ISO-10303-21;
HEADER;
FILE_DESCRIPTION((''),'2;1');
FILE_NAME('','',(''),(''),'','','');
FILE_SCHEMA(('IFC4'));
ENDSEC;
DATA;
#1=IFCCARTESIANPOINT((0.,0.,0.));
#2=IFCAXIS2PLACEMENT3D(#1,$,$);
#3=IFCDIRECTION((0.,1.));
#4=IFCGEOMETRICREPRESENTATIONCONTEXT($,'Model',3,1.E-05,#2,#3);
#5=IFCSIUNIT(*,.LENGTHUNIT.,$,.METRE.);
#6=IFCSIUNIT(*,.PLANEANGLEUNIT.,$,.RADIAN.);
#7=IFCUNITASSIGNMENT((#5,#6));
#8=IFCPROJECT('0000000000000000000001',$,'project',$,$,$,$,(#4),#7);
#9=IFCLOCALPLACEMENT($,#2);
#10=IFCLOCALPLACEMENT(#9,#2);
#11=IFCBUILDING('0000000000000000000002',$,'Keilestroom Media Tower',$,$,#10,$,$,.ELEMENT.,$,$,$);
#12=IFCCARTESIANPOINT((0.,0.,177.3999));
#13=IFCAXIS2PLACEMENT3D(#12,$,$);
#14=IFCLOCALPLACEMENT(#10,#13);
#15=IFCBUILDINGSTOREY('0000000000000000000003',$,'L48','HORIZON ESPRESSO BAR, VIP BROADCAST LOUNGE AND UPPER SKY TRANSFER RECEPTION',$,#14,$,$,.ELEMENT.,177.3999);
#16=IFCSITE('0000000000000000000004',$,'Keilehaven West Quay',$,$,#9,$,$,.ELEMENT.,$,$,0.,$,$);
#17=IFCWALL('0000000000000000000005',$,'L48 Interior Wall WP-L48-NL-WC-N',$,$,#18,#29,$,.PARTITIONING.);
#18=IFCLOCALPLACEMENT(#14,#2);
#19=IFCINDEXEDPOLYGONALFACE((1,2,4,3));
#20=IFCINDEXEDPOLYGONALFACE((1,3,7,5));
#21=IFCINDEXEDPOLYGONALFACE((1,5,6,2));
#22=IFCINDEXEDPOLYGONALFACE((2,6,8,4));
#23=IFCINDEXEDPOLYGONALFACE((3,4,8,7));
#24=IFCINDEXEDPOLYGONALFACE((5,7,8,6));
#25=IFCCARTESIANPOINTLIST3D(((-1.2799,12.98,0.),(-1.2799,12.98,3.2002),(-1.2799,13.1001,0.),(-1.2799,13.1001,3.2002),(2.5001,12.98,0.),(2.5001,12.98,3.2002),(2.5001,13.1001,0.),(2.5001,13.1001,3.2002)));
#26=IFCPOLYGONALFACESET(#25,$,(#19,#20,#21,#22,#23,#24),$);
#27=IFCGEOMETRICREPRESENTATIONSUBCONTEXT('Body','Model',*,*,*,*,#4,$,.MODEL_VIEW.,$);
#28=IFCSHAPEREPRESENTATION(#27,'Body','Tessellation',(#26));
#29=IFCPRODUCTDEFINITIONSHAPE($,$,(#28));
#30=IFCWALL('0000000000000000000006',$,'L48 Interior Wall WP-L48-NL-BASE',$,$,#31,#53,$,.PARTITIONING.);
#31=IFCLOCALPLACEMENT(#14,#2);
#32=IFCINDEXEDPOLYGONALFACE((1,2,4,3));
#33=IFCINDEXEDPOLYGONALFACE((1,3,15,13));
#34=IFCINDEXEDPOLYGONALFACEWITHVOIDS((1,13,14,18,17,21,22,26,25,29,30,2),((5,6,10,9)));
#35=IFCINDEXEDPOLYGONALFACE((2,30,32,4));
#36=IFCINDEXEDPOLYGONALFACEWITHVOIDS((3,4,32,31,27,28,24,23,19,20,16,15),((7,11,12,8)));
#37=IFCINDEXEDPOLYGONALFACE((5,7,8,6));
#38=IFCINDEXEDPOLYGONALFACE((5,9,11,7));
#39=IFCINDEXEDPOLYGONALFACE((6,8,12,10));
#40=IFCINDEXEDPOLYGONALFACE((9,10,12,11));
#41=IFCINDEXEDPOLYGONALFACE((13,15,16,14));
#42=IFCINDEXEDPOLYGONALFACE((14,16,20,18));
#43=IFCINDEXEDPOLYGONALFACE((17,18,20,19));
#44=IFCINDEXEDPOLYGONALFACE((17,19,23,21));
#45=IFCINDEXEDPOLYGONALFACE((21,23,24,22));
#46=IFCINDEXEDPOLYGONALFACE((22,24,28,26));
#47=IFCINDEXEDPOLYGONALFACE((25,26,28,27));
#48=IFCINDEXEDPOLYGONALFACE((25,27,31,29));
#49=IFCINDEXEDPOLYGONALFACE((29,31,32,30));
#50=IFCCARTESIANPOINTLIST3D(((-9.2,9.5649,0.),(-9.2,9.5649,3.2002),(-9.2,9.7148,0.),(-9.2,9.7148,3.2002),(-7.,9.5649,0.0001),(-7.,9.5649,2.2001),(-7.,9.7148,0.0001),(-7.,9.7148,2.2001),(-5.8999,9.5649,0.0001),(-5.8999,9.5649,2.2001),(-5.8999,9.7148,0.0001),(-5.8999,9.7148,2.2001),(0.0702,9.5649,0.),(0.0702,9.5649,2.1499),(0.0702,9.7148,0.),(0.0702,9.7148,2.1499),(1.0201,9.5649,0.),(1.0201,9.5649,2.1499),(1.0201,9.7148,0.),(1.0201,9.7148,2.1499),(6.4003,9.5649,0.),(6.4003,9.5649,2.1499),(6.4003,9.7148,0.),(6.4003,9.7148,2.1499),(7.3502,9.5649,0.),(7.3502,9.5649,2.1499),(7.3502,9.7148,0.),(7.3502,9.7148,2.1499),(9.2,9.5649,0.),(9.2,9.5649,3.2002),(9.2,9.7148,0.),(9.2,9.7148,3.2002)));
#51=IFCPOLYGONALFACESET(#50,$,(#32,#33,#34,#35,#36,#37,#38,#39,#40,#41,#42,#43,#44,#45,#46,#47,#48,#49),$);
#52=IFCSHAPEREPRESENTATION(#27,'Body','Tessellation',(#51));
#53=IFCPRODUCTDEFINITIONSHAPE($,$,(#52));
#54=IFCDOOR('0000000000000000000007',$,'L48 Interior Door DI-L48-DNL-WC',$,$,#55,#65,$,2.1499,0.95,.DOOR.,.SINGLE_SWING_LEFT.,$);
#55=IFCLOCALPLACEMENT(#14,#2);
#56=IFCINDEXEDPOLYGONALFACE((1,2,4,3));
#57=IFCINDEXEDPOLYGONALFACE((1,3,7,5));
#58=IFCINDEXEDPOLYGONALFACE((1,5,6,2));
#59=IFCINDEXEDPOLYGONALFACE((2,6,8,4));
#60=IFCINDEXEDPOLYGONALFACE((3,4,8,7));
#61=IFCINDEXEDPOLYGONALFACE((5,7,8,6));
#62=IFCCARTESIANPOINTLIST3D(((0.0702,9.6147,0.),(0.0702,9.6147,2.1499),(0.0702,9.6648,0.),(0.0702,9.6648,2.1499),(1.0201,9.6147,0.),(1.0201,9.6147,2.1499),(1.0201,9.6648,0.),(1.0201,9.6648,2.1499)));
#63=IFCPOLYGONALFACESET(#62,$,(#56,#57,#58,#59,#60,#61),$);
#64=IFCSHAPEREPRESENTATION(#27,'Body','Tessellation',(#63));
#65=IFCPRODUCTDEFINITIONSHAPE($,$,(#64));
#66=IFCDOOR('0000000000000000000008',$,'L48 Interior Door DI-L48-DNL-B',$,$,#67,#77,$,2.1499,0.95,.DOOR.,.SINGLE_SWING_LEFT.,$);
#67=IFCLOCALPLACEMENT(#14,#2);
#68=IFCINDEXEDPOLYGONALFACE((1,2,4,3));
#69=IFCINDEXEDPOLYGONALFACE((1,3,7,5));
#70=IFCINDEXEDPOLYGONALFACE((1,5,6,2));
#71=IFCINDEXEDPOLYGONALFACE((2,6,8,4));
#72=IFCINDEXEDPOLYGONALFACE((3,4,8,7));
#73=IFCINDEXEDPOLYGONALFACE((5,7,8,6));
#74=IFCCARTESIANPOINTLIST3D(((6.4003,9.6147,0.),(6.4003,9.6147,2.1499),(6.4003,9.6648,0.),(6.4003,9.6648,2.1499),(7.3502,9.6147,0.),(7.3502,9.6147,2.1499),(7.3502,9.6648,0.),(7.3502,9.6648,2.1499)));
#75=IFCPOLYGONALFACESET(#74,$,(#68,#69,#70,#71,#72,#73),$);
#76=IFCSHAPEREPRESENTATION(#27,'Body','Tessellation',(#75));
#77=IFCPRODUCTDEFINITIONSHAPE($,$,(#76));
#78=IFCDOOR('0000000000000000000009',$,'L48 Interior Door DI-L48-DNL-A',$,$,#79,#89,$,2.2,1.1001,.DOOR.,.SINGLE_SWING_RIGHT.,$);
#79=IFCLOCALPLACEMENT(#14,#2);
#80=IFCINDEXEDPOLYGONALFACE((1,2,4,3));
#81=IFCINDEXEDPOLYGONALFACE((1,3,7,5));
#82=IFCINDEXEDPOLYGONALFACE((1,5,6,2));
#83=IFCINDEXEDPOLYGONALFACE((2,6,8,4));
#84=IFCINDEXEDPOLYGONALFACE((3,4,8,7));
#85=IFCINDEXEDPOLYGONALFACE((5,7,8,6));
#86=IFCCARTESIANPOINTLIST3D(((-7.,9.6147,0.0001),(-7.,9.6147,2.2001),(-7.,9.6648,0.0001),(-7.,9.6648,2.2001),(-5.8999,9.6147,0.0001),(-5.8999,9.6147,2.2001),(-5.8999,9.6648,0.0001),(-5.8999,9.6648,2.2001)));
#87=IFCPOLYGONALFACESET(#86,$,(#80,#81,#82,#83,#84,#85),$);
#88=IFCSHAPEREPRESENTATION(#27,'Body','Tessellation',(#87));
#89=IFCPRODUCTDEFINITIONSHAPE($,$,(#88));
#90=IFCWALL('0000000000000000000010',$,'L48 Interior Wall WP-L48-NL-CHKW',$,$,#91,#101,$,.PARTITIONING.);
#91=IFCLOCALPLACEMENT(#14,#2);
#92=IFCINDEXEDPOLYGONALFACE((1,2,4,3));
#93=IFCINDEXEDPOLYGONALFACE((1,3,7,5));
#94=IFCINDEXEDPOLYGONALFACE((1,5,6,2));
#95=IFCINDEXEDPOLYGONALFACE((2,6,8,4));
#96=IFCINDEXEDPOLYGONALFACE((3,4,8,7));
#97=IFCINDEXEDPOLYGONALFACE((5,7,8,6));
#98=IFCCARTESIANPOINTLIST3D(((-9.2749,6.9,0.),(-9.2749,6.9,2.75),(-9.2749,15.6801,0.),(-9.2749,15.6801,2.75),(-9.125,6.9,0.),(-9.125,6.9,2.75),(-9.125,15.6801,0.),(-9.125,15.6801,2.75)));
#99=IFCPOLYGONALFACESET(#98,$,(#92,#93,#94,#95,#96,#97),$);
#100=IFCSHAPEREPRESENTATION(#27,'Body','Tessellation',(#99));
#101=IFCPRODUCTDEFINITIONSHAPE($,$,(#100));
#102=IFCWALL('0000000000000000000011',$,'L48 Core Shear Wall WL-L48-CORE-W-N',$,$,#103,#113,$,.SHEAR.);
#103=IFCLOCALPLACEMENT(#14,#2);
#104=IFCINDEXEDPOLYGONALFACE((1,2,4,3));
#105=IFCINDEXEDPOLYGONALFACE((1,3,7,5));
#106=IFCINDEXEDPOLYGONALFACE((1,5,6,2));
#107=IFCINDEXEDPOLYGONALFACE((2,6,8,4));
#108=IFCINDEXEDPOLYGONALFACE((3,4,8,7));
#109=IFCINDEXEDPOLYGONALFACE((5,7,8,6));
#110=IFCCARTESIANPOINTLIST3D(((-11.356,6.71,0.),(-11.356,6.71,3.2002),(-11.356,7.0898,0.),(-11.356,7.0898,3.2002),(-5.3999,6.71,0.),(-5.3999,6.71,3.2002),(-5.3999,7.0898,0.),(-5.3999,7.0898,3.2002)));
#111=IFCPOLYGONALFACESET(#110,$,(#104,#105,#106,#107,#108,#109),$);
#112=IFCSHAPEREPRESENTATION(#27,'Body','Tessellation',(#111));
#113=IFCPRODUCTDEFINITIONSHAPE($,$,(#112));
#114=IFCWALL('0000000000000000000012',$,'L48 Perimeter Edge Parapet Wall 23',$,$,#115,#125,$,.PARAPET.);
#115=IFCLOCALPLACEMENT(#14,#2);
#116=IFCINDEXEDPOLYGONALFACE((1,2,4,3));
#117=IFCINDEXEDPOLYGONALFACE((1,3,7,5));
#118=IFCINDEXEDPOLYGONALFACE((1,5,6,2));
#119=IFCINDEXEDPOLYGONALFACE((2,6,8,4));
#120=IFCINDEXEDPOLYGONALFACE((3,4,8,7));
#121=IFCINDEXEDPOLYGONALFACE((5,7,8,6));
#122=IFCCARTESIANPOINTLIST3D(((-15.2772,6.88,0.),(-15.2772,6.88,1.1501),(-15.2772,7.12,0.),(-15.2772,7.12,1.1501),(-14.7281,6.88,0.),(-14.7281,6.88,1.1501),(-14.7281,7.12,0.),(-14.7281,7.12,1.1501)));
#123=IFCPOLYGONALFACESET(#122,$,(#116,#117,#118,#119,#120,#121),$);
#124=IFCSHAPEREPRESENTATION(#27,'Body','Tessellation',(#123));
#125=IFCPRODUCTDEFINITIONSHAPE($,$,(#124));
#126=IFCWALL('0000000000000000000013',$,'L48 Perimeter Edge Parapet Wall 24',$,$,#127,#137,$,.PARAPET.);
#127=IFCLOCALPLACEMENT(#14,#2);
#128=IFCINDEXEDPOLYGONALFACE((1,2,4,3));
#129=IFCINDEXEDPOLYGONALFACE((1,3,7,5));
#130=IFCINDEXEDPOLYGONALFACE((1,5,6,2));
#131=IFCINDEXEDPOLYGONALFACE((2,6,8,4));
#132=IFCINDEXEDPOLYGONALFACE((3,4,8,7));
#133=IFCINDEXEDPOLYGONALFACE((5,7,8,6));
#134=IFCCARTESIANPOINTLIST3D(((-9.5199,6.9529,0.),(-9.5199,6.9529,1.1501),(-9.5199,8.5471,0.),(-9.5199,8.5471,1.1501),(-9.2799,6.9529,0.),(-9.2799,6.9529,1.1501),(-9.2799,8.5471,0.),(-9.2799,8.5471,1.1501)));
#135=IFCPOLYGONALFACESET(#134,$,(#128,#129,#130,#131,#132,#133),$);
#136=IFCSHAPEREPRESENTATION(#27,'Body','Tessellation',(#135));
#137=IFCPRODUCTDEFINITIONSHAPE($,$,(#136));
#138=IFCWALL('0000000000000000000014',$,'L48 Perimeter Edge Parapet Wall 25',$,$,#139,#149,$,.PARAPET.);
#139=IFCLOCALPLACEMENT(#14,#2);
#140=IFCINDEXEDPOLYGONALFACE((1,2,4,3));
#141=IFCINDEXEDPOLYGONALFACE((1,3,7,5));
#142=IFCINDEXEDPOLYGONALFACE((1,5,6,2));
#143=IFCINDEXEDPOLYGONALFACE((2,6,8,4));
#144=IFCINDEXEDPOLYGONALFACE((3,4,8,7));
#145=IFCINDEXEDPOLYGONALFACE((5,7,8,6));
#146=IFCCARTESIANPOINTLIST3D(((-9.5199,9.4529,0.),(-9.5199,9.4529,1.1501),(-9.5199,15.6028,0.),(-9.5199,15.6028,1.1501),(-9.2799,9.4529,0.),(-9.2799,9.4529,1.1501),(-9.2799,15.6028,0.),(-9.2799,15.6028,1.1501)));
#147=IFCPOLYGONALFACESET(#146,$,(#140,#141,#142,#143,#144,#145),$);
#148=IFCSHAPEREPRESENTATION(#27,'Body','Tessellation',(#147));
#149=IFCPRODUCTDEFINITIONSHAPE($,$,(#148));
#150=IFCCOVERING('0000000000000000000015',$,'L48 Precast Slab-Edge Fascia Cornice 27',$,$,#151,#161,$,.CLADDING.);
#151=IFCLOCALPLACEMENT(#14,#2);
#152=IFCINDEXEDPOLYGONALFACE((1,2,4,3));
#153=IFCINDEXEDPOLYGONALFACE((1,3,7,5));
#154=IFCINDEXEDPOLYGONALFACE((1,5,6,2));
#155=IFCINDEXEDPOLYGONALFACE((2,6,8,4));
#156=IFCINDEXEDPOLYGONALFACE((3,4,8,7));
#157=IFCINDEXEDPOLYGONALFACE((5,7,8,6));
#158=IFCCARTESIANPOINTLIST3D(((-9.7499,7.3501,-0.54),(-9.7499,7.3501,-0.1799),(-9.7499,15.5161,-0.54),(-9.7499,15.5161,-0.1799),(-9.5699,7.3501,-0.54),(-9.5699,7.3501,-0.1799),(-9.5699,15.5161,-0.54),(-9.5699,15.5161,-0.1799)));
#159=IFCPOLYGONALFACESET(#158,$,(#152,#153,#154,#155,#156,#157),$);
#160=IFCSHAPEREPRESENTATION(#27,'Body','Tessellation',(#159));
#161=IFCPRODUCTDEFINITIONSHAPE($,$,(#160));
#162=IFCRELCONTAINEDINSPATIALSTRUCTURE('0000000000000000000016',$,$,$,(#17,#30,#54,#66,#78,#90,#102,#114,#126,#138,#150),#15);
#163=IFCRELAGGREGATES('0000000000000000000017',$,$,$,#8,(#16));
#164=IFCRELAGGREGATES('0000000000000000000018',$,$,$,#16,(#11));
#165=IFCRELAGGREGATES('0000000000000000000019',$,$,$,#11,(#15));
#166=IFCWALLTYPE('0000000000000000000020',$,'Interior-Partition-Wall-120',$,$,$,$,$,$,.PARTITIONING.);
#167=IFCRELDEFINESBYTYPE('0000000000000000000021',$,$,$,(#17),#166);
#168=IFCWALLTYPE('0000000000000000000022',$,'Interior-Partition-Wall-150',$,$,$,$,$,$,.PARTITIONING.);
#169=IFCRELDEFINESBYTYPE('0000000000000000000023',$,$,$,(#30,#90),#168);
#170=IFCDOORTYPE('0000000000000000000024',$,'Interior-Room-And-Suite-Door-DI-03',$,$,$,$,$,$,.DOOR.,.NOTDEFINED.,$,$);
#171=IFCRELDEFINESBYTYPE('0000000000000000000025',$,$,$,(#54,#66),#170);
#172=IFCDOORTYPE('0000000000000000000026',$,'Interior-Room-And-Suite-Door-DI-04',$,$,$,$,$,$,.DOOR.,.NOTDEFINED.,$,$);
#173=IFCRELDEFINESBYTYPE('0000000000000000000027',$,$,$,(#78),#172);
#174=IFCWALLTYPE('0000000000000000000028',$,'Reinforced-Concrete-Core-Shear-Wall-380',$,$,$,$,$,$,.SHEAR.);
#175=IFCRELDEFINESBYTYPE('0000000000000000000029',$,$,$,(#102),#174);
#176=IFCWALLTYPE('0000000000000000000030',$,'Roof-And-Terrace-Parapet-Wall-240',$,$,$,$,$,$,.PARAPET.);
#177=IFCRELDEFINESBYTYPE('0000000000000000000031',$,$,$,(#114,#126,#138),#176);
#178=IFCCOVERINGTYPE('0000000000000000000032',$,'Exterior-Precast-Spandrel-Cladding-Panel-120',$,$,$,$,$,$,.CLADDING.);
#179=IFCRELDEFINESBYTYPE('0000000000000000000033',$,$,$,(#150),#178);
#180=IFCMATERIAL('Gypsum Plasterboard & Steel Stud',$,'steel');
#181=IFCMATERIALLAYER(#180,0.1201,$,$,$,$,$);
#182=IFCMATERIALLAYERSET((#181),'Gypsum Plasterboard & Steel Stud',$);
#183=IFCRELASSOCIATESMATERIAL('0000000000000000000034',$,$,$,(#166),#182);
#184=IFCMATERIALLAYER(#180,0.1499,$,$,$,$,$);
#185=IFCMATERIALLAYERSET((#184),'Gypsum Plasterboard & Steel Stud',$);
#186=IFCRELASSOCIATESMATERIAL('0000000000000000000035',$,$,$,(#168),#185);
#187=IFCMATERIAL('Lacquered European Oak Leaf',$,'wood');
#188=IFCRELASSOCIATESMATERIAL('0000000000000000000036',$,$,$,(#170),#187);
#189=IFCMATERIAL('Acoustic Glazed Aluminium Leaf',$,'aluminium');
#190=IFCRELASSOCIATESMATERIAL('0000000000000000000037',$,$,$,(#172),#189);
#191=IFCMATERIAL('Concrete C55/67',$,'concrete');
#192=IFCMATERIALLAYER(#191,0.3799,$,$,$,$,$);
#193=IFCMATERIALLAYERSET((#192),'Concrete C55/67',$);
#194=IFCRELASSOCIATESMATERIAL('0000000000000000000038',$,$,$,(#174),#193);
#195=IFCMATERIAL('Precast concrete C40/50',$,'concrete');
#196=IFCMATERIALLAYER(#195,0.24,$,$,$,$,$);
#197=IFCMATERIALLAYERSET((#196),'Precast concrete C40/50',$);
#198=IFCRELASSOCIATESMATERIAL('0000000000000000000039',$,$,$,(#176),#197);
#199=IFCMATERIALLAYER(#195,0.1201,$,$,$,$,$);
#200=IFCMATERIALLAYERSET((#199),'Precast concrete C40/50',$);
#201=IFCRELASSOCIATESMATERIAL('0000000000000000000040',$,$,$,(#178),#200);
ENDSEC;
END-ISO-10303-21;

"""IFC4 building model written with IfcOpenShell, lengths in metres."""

from ifc_helpers import new_model, si_unit, direction, frame, frame_2d, origin, origin_2d, place, context, subcontext, project, spatial, rectangle, extrude, source, transform, mapped, material, layer, layer_set, type_object, element, fill, save


model = new_model("IFC4")

# Units and contexts
model_context = context("Model", 3, precision=1e-05, world=origin(), true_north=direction((0.0, 1.0)))
body_context = subcontext(model_context, "Body", "Model", "MODEL_VIEW")
ifc_project = project(units=[si_unit("LENGTHUNIT", "METRE"), si_unit("PLANEANGLEUNIT", "RADIAN")], contexts=[model_context])

# Site, building, storey
site_placement = place(None, origin())
site = spatial("IfcSite", under=ifc_project, at=site_placement, Name="Keilehaven West Quay", CompositionType="ELEMENT", RefElevation=0.0)
building_placement = place(site_placement, origin())
building = spatial("IfcBuilding", under=site, at=building_placement, Name="Keilestroom Media Tower", CompositionType="ELEMENT")
storey_placement = place(building_placement, frame((0.0, 0.0, 177.3999)))
storey = spatial("IfcBuildingStorey", under=building, at=storey_placement, Name="L48", Description="HORIZON ESPRESSO BAR, VIP BROADCAST LOUNGE AND UPPER SKY TRANSFER RECEPTION", CompositionType="ELEMENT", Elevation=177.3999)

# Shared definitions
ifc_material_1 = material(Name="Precast concrete C40/50", Category="concrete")
ifc_material_2 = material(Name="Concrete C55/67", Category="concrete")

# Wall
ifc_material_3 = material(Name="Gypsum Plasterboard & Steel Stud", Category="steel")
ifc_layer_1 = layer(ifc_material_3, 0.1201)
ifc_layer_set_1 = layer_set([ifc_layer_1], Name="Gypsum Plasterboard & Steel Stud")
wall_type_1 = type_object("IfcWallType", Name="Interior-Partition-Wall-120", PredefinedType="PARTITIONING", material=ifc_layer_set_1)
wall_1_placement = place(storey_placement, frame((-1.28, 13.04, 0.0), z_axis=(0.0, 0.0, 1.0), x_axis=(1.0, 0.0, 0.0)))
element("IfcWall", 1, at=wall_1_placement, inside=storey, type_object=wall_type_1, Name="L48 Interior Wall WP-L48-NL-WC-N", PredefinedType="PARTITIONING", context=body_context, shape_type="SweptSolid", body=[
    extrude(rectangle(XDim=3.78, YDim=0.1201, at=frame_2d((1.8901, 0.0))), origin(), (0.0, 0.0, 1.0), 3.2002),
])

# Wall, openings, doors
ifc_layer_2 = layer(ifc_material_3, 0.1499)
ifc_layer_set_2 = layer_set([ifc_layer_2], Name="Gypsum Plasterboard & Steel Stud")
wall_type_2 = type_object("IfcWallType", Name="Interior-Partition-Wall-150", PredefinedType="PARTITIONING", material=ifc_layer_set_2)
wall_2_placement = place(storey_placement, frame((-9.2, 9.6399, 0.0), z_axis=(0.0, 0.0, 1.0), x_axis=(1.0, 0.0, 0.0)))
wall_2 = element("IfcWall", 2, at=wall_2_placement, inside=storey, type_object=wall_type_2, Name="L48 Interior Wall WP-L48-NL-BASE", PredefinedType="PARTITIONING", context=body_context, shape_type="SweptSolid", body=[
    extrude(rectangle(XDim=18.3999, YDim=0.1499, at=frame_2d((9.2, 0.0))), origin(), (0.0, 0.0, 1.0), 3.2002),
])
opening_1_placement = place(wall_2_placement, frame((9.27, 0.0, 0.0)))
opening_1 = element("IfcOpeningElement", 3, at=opening_1_placement, cuts=wall_2, PredefinedType="OPENING", context=body_context, shape_type="SweptSolid", body=[
    extrude(rectangle(XDim=0.95, YDim=2.1499, at=frame_2d((0.4751, 1.075))), frame((0.0, 0.085, 0.0), z_axis=(0.0, -1.0, 0.0), x_axis=(1.0, 0.0, 0.0)), (0.0, 0.0, 1.0), 0.1699),
])
opening_2_placement = place(wall_2_placement, frame((2.2, 0.0, 0.0)))
opening_2 = element("IfcOpeningElement", 4, at=opening_2_placement, cuts=wall_2, PredefinedType="OPENING", context=body_context, shape_type="SweptSolid", body=[
    extrude(rectangle(XDim=1.1001, YDim=2.2, at=frame_2d((0.55, 1.1001))), frame((0.0, 0.085, 0.0), z_axis=(0.0, -1.0, 0.0), x_axis=(1.0, 0.0, 0.0)), (0.0, 0.0, 1.0), 0.1699),
])
opening_3_placement = place(wall_2_placement, frame((15.6001, 0.0, 0.0)))
opening_3 = element("IfcOpeningElement", 5, at=opening_3_placement, cuts=wall_2, PredefinedType="OPENING", context=body_context, shape_type="SweptSolid", body=[
    extrude(rectangle(XDim=0.95, YDim=2.1499, at=frame_2d((0.4751, 1.075))), frame((0.0, 0.085, 0.0), z_axis=(0.0, -1.0, 0.0), x_axis=(1.0, 0.0, 0.0)), (0.0, 0.0, 1.0), 0.1699),
])
ifc_material_4 = material(Name="Lacquered European Oak Leaf", Category="wood")
door_type_1 = type_object("IfcDoorType", Name="Interior-Room-And-Suite-Door-DI-03", OperationType="NOTDEFINED", PredefinedType="DOOR", material=ifc_material_4)
shared_shape_1 = source(origin(), body_context, "Body", "SweptSolid", [
    extrude(rectangle(XDim=0.95, YDim=2.1499, at=frame_2d((0.4751, 1.075))), frame((0.0, 0.0249, 0.0), z_axis=(0.0, -1.0, 0.0), x_axis=(1.0, 0.0, 0.0)), (0.0, 0.0, 1.0), 0.05),
])
door_1_placement = place(opening_1_placement, origin())
door_1 = element("IfcDoor", 6, at=door_1_placement, inside=storey, type_object=door_type_1, Name="L48 Interior Door DI-L48-DNL-WC", OperationType="SINGLE_SWING_LEFT", OverallHeight=2.1499, OverallWidth=0.95, PredefinedType="DOOR", context=body_context, shape_type="MappedRepresentation", body=[
    mapped(shared_shape_1, transform((0.0, 0.0, 0.0), x_axis=(1.0, 0.0, 0.0), y_axis=(0.0, 1.0, 0.0), z_axis=(0.0, 0.0, 1.0), scale=1.0)),
])
fill(opening_1, door_1)
door_2_placement = place(opening_3_placement, origin())
door_2 = element("IfcDoor", 7, at=door_2_placement, inside=storey, type_object=door_type_1, Name="L48 Interior Door DI-L48-DNL-B", OperationType="SINGLE_SWING_LEFT", OverallHeight=2.1499, OverallWidth=0.95, PredefinedType="DOOR", context=body_context, shape_type="MappedRepresentation", body=[
    mapped(shared_shape_1, transform((0.0, 0.0, 0.0), x_axis=(1.0, 0.0, 0.0), y_axis=(0.0, 1.0, 0.0), z_axis=(0.0, 0.0, 1.0), scale=1.0)),
])
fill(opening_3, door_2)
ifc_material_5 = material(Name="Acoustic Glazed Aluminium Leaf", Category="aluminium")
door_type_2 = type_object("IfcDoorType", Name="Interior-Room-And-Suite-Door-DI-04", OperationType="NOTDEFINED", PredefinedType="DOOR", material=ifc_material_5)
shared_shape_2 = source(origin(), body_context, "Body", "SweptSolid", [
    extrude(rectangle(XDim=1.1001, YDim=2.2, at=frame_2d((0.55, 1.1001))), frame((0.0, 0.0249, 0.0), z_axis=(0.0, -1.0, 0.0), x_axis=(1.0, 0.0, 0.0)), (0.0, 0.0, 1.0), 0.05),
])
door_3_placement = place(opening_2_placement, origin())
door_3 = element("IfcDoor", 8, at=door_3_placement, inside=storey, type_object=door_type_2, Name="L48 Interior Door DI-L48-DNL-A", OperationType="SINGLE_SWING_RIGHT", OverallHeight=2.2, OverallWidth=1.1001, PredefinedType="DOOR", context=body_context, shape_type="MappedRepresentation", body=[
    mapped(shared_shape_2, transform((0.0, 0.0, 0.0), x_axis=(1.0, 0.0, 0.0), y_axis=(0.0, 1.0, 0.0), z_axis=(0.0, 0.0, 1.0), scale=1.0)),
])
fill(opening_2, door_3)

# Walls
wall_3_placement = place(storey_placement, frame((-9.2, 6.8999, 0.0), z_axis=(0.0, 0.0, 1.0), x_axis=(0.0, 1.0, 0.0)))
element("IfcWall", 9, at=wall_3_placement, inside=storey, type_object=wall_type_2, Name="L48 Interior Wall WP-L48-NL-CHKW", PredefinedType="PARTITIONING", context=body_context, shape_type="SweptSolid", body=[
    extrude(rectangle(XDim=8.78, YDim=0.1499, at=frame_2d((4.3901, 0.0))), origin(), (0.0, 0.0, 1.0), 2.75),
])
ifc_layer_3 = layer(ifc_material_2, 0.3799)
ifc_layer_set_3 = layer_set([ifc_layer_3], Name="Concrete C55/67")
wall_type_3 = type_object("IfcWallType", Name="Reinforced-Concrete-Core-Shear-Wall-380", PredefinedType="SHEAR", material=ifc_layer_set_3)
wall_4_placement = place(storey_placement, frame((-11.356, 6.8999, 0.0), z_axis=(0.0, 0.0, 1.0), x_axis=(1.0, 0.0, 0.0)))
element("IfcWall", 10, at=wall_4_placement, inside=storey, type_object=wall_type_3, Name="L48 Core Shear Wall WL-L48-CORE-W-N", PredefinedType="SHEAR", context=body_context, shape_type="SweptSolid", body=[
    extrude(rectangle(XDim=5.9561, YDim=0.3799, at=frame_2d((2.978, 0.0))), origin(), (0.0, 0.0, 1.0), 3.2002),
])
ifc_layer_4 = layer(ifc_material_1, 0.24)
ifc_layer_set_4 = layer_set([ifc_layer_4], Name="Precast concrete C40/50")
wall_type_4 = type_object("IfcWallType", Name="Roof-And-Terrace-Parapet-Wall-240", PredefinedType="PARAPET", material=ifc_layer_set_4)
wall_5_placement = place(storey_placement, frame((-15.2771, 7.0, 0.0), z_axis=(0.0, 0.0, 1.0), x_axis=(1.0, 0.0, 0.0)))
element("IfcWall", 11, at=wall_5_placement, inside=storey, type_object=wall_type_4, Name="L48 Perimeter Edge Parapet Wall 23", PredefinedType="PARAPET", context=body_context, shape_type="SweptSolid", body=[
    extrude(rectangle(XDim=0.5491, YDim=0.24, at=frame_2d((0.2744, 0.0))), origin(), (0.0, 0.0, 1.0), 1.1501),
])
wall_6_placement = place(storey_placement, frame((-9.3999, 6.9529, 0.0), z_axis=(0.0, 0.0, 1.0), x_axis=(0.0, 1.0, 0.0)))
element("IfcWall", 12, at=wall_6_placement, inside=storey, type_object=wall_type_4, Name="L48 Perimeter Edge Parapet Wall 24", PredefinedType="PARAPET", context=body_context, shape_type="SweptSolid", body=[
    extrude(rectangle(XDim=1.5942, YDim=0.24, at=frame_2d((0.7971, 0.0))), origin(), (0.0, 0.0, 1.0), 1.1501),
])
wall_7_placement = place(storey_placement, frame((-9.3999, 9.4529, 0.0), z_axis=(0.0, 0.0, 1.0), x_axis=(0.0, 1.0, 0.0)))
element("IfcWall", 13, at=wall_7_placement, inside=storey, type_object=wall_type_4, Name="L48 Perimeter Edge Parapet Wall 25", PredefinedType="PARAPET", context=body_context, shape_type="SweptSolid", body=[
    extrude(rectangle(XDim=6.1499, YDim=0.24, at=frame_2d((3.075, 0.0))), origin(), (0.0, 0.0, 1.0), 1.1501),
])

# Covering
ifc_layer_5 = layer(ifc_material_1, 0.1201)
ifc_layer_set_5 = layer_set([ifc_layer_5], Name="Precast concrete C40/50")
covering_type = type_object("IfcCoveringType", Name="Exterior-Precast-Spandrel-Cladding-Panel-120", PredefinedType="CLADDING", material=ifc_layer_set_5)
shared_shape_3 = source(origin(), body_context, "Body", "SweptSolid", [
    extrude(rectangle(XDim=8.166, YDim=0.1799, at=origin_2d()), origin(), (0.0, 0.0, 1.0), 0.3601),
])
covering_1_placement = place(storey_placement, frame((-9.6599, 11.4331, -0.54), z_axis=(0.0, 0.0, 1.0), x_axis=(0.0, 1.0, 0.0)))
element("IfcCovering", 14, at=covering_1_placement, inside=storey, type_object=covering_type, Name="L48 Precast Slab-Edge Fascia Cornice 27", PredefinedType="CLADDING", context=body_context, shape_type="MappedRepresentation", body=[
    mapped(shared_shape_3, transform((0.0, 0.0, 0.0), x_axis=(1.0, 0.0, 0.0), y_axis=(0.0, 1.0, 0.0), z_axis=(0.0, 0.0, 1.0), scale=1.0)),
])

save(model, "model.ifc")
